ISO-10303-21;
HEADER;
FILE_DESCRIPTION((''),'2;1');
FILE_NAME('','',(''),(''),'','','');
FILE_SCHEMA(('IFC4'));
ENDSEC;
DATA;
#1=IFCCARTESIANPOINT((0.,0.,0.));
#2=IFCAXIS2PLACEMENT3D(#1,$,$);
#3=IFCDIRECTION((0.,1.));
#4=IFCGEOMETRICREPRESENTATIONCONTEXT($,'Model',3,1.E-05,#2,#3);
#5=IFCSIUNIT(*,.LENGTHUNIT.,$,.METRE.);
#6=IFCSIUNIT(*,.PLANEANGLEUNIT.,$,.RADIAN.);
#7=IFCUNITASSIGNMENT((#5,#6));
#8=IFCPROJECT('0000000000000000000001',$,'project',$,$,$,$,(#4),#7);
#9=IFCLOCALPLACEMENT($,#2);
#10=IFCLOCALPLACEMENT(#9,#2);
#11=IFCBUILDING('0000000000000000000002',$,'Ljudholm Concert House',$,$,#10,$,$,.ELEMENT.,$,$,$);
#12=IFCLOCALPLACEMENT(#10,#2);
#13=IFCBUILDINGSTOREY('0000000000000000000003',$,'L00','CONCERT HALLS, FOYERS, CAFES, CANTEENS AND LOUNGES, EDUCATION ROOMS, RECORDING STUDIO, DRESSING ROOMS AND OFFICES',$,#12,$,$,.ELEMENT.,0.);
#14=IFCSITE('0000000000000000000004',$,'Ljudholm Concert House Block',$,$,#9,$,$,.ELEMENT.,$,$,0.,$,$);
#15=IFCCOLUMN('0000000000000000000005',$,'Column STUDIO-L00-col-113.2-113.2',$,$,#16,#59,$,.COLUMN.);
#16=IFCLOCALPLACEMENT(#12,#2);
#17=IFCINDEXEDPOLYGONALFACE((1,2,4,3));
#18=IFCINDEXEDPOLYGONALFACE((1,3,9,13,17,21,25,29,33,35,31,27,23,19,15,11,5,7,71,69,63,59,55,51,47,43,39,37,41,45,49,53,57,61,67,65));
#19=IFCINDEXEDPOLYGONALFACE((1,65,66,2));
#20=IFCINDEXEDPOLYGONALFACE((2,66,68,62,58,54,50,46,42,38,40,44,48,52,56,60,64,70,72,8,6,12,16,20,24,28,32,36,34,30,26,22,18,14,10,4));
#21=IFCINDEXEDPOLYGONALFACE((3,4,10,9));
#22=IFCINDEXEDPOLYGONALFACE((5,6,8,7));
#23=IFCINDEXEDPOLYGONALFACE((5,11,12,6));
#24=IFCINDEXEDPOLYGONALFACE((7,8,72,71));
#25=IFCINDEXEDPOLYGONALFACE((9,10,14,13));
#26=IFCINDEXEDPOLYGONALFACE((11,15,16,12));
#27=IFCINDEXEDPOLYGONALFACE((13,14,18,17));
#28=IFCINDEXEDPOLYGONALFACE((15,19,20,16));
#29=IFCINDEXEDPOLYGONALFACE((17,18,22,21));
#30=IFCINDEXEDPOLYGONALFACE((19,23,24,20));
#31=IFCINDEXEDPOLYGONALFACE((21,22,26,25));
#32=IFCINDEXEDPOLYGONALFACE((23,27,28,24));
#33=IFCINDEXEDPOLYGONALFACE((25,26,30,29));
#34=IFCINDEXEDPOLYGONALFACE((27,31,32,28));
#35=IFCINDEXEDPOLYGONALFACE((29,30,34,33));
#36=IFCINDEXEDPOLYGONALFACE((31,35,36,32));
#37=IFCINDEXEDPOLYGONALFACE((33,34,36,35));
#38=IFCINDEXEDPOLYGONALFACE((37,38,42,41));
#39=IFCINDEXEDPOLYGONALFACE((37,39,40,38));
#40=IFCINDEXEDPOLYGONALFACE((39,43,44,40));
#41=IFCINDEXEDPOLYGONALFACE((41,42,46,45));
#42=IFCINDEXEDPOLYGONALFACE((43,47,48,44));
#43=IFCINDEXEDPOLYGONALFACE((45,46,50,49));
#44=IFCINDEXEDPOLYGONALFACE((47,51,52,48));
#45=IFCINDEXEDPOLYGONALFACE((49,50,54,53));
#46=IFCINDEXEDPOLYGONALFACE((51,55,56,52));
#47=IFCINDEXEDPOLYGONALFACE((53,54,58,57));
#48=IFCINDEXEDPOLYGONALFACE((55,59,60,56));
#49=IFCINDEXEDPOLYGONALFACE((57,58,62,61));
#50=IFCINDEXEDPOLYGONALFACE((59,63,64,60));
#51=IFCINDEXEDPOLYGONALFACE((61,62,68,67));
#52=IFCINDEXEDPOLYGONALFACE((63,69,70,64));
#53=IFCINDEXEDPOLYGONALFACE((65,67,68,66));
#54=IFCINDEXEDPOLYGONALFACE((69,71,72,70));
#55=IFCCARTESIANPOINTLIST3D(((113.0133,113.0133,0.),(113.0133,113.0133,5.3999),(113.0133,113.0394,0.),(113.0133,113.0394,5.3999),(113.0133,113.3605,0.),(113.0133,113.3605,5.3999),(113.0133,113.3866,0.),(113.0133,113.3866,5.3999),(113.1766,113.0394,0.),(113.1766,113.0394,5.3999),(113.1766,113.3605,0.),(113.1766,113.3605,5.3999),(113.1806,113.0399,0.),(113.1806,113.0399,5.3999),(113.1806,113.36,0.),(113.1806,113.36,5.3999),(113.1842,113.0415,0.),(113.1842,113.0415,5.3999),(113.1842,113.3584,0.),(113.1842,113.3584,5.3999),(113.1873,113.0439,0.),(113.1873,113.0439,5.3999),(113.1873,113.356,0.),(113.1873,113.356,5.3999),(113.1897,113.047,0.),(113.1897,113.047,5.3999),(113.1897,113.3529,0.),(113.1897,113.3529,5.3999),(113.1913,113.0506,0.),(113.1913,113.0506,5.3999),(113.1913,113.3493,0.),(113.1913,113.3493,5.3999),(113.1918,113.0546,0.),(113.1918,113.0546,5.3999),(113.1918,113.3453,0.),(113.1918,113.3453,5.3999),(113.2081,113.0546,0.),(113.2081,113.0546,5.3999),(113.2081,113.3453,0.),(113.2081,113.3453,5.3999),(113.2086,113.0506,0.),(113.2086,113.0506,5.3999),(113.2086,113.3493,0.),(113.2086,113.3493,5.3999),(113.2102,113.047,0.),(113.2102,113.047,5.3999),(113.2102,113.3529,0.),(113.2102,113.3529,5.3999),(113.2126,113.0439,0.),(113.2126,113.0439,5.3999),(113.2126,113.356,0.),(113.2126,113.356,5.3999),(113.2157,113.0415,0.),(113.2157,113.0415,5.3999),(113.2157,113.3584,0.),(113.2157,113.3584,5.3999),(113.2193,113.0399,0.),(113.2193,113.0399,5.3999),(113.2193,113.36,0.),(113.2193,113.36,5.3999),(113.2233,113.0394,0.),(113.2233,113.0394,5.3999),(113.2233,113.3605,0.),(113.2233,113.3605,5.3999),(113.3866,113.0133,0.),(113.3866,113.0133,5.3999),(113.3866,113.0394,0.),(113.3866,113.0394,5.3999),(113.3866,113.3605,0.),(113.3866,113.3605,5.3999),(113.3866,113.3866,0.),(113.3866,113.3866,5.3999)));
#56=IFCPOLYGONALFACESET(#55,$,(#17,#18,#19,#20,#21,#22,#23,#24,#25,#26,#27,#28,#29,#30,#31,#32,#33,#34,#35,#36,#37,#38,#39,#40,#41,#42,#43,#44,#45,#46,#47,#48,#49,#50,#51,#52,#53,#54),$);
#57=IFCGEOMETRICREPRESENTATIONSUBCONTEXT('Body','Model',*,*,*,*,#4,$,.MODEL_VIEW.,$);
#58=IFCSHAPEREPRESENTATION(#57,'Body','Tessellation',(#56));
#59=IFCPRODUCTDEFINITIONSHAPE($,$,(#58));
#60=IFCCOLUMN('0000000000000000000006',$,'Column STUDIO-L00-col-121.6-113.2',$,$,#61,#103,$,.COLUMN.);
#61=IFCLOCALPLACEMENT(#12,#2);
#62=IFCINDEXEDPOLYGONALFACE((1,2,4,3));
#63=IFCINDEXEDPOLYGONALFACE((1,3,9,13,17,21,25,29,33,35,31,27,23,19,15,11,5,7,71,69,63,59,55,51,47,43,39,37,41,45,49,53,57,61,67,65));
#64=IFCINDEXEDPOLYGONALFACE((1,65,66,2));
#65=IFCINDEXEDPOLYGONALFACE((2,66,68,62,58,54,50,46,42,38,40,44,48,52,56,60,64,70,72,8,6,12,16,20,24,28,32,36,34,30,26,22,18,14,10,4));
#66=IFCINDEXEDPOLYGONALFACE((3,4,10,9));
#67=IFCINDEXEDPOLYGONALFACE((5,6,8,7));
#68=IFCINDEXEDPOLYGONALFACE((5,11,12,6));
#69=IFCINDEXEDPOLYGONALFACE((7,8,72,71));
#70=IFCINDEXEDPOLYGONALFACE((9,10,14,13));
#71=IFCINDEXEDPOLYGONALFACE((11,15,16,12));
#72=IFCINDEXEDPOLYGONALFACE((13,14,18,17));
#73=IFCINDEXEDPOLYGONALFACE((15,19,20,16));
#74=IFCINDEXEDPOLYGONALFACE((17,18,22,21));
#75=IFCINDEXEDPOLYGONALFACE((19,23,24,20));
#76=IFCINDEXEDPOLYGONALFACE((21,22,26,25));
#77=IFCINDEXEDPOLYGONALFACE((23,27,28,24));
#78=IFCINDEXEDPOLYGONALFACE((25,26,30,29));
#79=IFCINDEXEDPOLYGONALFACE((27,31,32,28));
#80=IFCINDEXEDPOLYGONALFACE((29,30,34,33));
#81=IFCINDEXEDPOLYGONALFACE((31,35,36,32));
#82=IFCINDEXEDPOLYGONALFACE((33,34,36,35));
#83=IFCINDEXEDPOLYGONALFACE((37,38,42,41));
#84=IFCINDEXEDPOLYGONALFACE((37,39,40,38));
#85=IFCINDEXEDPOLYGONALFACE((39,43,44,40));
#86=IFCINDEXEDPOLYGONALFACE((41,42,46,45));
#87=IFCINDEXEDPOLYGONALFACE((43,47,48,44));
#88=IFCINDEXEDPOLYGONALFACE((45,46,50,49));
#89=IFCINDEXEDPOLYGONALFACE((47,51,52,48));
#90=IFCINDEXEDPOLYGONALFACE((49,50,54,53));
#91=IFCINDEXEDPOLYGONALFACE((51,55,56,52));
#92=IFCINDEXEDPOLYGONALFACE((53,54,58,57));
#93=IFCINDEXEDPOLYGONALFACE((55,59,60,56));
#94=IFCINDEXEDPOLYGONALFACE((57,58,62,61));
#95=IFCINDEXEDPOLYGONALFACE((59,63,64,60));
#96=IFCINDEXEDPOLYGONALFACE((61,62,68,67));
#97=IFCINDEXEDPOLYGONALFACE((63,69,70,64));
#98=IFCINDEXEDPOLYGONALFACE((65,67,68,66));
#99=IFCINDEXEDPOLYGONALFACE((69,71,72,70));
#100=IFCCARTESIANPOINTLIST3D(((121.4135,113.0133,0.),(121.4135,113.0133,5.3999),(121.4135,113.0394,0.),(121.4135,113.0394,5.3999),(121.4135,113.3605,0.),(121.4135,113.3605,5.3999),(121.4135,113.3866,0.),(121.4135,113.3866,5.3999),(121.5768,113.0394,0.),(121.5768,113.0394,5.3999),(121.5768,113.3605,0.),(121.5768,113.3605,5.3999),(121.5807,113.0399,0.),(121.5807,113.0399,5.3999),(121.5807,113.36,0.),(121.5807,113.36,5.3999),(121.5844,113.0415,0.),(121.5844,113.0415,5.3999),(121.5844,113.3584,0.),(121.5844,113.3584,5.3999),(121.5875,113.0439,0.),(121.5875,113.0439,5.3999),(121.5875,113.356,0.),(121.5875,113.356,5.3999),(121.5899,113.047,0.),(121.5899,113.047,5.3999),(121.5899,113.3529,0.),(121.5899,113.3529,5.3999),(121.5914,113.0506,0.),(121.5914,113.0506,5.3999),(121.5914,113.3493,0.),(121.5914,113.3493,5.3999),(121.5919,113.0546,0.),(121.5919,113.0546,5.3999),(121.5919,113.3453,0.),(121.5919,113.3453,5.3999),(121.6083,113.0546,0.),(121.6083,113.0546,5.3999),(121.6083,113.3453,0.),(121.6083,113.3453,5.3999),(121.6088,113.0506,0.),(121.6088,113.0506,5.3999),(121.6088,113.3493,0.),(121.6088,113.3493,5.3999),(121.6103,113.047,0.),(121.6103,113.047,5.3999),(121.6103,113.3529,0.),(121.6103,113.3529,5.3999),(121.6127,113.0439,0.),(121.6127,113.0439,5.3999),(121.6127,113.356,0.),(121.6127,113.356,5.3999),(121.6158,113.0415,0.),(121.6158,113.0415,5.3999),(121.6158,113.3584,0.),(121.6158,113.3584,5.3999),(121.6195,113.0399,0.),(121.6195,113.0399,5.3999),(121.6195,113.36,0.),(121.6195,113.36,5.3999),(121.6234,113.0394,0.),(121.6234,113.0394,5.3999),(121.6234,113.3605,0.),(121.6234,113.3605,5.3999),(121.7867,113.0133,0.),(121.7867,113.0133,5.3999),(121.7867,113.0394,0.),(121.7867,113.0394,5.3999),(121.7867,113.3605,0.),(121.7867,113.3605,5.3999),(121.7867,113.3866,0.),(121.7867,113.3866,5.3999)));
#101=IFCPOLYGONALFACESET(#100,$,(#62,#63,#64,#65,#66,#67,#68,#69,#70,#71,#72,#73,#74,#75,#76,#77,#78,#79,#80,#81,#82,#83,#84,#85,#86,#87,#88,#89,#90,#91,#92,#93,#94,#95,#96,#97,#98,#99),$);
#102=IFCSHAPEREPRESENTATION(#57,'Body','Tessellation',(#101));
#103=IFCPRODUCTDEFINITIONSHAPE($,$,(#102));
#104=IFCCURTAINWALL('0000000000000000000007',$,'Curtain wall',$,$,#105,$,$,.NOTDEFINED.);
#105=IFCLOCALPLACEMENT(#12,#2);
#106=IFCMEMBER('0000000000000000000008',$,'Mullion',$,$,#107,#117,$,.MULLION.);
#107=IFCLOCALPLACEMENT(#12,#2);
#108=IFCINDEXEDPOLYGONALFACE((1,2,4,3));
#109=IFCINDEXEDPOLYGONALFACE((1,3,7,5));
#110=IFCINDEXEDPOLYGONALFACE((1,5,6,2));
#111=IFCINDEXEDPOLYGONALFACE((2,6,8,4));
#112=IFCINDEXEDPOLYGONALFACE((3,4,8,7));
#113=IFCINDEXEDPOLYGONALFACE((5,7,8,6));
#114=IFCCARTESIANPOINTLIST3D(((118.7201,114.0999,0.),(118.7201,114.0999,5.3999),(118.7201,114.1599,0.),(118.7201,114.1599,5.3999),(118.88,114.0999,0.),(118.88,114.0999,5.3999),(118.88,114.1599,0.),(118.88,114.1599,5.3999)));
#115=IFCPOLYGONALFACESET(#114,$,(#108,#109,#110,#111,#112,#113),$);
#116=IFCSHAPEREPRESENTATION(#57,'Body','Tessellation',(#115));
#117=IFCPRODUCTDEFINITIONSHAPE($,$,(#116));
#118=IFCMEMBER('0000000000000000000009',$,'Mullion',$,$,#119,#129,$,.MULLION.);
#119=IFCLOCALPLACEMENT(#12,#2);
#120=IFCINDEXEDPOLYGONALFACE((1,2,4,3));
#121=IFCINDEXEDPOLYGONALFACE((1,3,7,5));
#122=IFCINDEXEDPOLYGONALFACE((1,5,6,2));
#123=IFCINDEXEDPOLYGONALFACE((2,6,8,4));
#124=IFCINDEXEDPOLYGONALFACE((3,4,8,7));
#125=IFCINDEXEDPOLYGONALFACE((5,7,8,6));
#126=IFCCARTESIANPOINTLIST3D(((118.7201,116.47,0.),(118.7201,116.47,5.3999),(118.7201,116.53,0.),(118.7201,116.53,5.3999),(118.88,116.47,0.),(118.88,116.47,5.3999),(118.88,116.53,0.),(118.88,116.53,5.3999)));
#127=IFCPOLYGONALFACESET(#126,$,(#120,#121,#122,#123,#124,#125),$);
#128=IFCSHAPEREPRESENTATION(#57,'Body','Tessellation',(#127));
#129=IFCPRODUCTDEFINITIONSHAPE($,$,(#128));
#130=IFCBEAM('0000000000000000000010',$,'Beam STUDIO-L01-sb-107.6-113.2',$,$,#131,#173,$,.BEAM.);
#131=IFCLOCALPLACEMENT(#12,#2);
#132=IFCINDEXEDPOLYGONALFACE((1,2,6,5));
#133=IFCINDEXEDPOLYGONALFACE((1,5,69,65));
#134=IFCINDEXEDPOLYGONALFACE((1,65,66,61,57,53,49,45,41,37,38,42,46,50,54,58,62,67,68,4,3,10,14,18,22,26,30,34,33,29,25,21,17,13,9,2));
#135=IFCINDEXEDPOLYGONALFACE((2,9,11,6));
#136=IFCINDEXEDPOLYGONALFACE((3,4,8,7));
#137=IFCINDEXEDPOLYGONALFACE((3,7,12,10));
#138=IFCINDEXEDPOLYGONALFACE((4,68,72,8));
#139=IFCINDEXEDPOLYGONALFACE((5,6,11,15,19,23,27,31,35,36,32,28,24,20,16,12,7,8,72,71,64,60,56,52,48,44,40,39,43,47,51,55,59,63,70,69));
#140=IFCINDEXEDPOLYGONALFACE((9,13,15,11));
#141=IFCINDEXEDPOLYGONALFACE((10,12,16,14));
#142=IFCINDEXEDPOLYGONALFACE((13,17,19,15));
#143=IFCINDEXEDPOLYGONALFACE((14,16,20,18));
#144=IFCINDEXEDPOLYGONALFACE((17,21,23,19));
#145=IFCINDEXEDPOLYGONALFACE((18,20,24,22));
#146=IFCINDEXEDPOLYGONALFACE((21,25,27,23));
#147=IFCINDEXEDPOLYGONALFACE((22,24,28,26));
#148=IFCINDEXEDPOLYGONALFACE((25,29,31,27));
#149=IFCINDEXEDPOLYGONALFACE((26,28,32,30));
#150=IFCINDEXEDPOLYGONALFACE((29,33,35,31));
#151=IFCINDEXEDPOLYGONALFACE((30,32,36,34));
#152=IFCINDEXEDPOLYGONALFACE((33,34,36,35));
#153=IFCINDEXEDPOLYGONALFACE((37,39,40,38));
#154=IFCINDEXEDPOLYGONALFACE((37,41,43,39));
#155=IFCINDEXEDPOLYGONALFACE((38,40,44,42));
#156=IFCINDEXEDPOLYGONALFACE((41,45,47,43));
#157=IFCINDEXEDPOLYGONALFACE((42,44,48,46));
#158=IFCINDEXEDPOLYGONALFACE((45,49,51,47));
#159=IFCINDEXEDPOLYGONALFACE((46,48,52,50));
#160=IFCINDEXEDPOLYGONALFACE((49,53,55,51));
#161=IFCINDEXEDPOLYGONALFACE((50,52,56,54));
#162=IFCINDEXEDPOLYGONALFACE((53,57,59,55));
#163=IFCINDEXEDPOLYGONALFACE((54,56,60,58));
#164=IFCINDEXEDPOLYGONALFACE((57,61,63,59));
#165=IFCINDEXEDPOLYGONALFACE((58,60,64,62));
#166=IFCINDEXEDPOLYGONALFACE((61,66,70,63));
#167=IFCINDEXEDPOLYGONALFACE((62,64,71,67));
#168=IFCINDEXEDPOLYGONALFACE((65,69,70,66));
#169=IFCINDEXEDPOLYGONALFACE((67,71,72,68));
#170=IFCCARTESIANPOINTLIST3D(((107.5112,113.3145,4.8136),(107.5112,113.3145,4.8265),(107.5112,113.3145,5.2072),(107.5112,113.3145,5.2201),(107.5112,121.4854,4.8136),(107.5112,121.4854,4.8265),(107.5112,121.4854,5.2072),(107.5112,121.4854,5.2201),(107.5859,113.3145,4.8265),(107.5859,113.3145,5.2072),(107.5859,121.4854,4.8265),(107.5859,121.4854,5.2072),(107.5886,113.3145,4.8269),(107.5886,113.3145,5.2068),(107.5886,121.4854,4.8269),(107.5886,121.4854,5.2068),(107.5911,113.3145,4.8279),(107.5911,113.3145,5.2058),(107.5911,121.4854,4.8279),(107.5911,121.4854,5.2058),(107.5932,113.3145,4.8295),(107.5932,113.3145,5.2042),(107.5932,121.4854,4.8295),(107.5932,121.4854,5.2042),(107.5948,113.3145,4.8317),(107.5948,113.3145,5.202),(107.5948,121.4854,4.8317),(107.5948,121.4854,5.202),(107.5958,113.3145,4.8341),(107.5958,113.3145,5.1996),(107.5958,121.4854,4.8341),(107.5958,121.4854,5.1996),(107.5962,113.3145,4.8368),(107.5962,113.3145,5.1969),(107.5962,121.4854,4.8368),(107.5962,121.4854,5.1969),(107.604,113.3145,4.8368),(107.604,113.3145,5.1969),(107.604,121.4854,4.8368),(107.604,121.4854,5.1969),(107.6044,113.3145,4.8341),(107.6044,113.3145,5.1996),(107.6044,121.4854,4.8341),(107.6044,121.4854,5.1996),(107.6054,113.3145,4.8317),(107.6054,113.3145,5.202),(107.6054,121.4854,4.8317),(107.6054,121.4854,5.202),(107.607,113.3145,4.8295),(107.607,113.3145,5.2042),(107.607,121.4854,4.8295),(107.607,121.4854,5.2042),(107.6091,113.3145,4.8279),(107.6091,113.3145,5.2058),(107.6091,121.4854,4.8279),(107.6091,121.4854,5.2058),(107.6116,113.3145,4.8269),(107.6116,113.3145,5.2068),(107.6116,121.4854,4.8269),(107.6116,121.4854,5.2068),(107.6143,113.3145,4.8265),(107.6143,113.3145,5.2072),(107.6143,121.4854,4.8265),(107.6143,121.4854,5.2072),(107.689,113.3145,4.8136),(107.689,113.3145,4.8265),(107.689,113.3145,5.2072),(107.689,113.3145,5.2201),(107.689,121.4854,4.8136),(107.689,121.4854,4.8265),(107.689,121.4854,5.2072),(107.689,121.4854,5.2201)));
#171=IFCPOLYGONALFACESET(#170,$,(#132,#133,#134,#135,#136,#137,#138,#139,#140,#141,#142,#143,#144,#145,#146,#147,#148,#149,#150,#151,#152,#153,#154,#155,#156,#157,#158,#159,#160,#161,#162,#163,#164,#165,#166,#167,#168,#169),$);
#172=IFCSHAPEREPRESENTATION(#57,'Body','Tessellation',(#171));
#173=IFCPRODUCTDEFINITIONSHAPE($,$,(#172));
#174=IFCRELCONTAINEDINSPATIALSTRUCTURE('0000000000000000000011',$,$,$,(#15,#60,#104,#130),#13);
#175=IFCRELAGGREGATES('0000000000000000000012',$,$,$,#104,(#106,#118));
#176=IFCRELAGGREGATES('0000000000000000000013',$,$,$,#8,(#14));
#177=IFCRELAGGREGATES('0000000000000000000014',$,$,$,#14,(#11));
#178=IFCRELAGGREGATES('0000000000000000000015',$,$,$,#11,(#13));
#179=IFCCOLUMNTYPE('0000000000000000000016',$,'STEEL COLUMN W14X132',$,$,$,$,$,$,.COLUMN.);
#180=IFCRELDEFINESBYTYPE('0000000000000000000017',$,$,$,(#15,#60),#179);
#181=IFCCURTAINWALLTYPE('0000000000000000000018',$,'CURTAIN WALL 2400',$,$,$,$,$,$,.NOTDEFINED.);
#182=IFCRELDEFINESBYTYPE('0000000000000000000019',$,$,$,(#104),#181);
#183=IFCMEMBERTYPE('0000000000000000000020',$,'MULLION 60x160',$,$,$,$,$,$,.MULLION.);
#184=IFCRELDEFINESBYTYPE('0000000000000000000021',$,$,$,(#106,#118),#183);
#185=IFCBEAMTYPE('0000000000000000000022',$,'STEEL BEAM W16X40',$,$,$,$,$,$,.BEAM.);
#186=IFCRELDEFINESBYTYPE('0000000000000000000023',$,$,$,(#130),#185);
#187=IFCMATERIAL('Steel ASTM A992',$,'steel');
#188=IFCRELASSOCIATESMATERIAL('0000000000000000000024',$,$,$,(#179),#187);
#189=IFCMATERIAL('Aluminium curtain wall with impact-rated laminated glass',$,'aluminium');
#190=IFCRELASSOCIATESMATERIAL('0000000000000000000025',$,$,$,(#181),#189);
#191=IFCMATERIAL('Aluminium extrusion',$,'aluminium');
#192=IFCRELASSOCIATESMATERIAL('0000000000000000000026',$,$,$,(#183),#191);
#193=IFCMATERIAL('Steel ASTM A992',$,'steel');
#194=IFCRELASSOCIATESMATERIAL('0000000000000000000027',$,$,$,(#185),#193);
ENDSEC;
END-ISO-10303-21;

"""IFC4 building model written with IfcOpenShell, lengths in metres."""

from ifc_helpers import new_model, si_unit, direction, frame, origin, origin_2d, place, context, subcontext, project, spatial, rectangle, i_section, extrude, material, material_profile, profile_set, type_object, element, aggregate, save


model = new_model("IFC4")

# Units and contexts
model_context = context("Model", 3, precision=1e-05, world=origin(), true_north=direction((0.0, 1.0)))
body_context = subcontext(model_context, "Body", "Model", "MODEL_VIEW")
ifc_project = project(units=[si_unit("LENGTHUNIT", "METRE"), si_unit("PLANEANGLEUNIT", "RADIAN")], contexts=[model_context])

# Site, building, storey
site_placement = place(None, origin())
site = spatial("IfcSite", under=ifc_project, at=site_placement, Name="Ljudholm Concert House Block", CompositionType="ELEMENT", RefElevation=0.0)
building_placement = place(site_placement, origin())
building = spatial("IfcBuilding", under=site, at=building_placement, Name="Ljudholm Concert House", CompositionType="ELEMENT")
storey_placement = place(building_placement, origin())
storey = spatial("IfcBuildingStorey", under=building, at=storey_placement, Name="L00", Description="CONCERT HALLS, FOYERS, CAFES, CANTEENS AND LOUNGES, EDUCATION ROOMS, RECORDING STUDIO, DRESSING ROOMS AND OFFICES", CompositionType="ELEMENT", Elevation=0.0)

# Columns
ifc_material_1 = material(Name="Steel ASTM A992", Category="steel")
ifc_material_profile_1 = material_profile(ifc_material_1, i_section(OverallWidth=0.3733, OverallDepth=0.3733, WebThickness=0.0164, FlangeThickness=0.0261, FilletRadius=0.0151, at=origin_2d()), Name="W14X132")
ifc_profile_set_1 = profile_set([ifc_material_profile_1], Name="Steel ASTM A992")
column_type = type_object("IfcColumnType", Name="STEEL COLUMN W14X132", PredefinedType="COLUMN", material=ifc_profile_set_1)
for number, where, z_axis, x_axis, name in (
    (1, (113.2, 113.2, 0.0), (0.0, 0.0, 1.0), (1.0, 0.0, 0.0), "Column STUDIO-L00-col-113.2-113.2"),
    (2, (121.6001, 113.2, 0.0), (0.0, 0.0, 1.0), (1.0, 0.0, 0.0), "Column STUDIO-L00-col-121.6-113.2"),
):
    element("IfcColumn", number, at=place(storey_placement, frame(where, z_axis=z_axis, x_axis=x_axis)), inside=storey, type_object=column_type, Name=name, PredefinedType="COLUMN", context=body_context, shape_type="SweptSolid", body=[
        extrude(i_section(OverallWidth=0.3733, OverallDepth=0.3733, WebThickness=0.0164, FlangeThickness=0.0261, FilletRadius=0.0151, at=origin_2d()), origin(), (0.0, 0.0, 1.0), 5.3999),
    ])

# Curtain wall, members
ifc_material_2 = material(Name="Aluminium curtain wall with impact-rated laminated glass", Category="aluminium")
curtain_wall_type = type_object("IfcCurtainWallType", Name="CURTAIN WALL 2400", PredefinedType="NOTDEFINED", material=ifc_material_2)
curtain_wall_placement = place(storey_placement, origin())
curtain_wall = element("IfcCurtainWall", 3, at=curtain_wall_placement, inside=storey, type_object=curtain_wall_type, Name="Curtain wall", PredefinedType="NOTDEFINED")
ifc_material_3 = material(Name="Aluminium extrusion", Category="aluminium")
ifc_material_profile_2 = material_profile(ifc_material_3, rectangle(XDim=0.1599, YDim=0.0601, at=origin_2d()), Name="MULLION 60x160")
ifc_profile_set_2 = profile_set([ifc_material_profile_2], Name="Aluminium extrusion")
member_type_1 = type_object("IfcMemberType", Name="MULLION 60x160", PredefinedType="MULLION", material=ifc_profile_set_2)
member_1_placement = place(storey_placement, frame((118.8, 114.1299, 0.0), z_axis=(0.0, 0.0, 1.0), x_axis=(-1.0, 0.0, 0.0)))
member_1 = element("IfcMember", 4, at=member_1_placement, type_object=member_type_1, Name="Mullion", PredefinedType="MULLION", context=body_context, shape_type="SweptSolid", body=[
    extrude(rectangle(XDim=0.1599, YDim=0.0601, at=origin_2d()), origin(), (0.0, 0.0, 1.0), 5.3999),
])
member_2_placement = place(storey_placement, frame((118.8, 116.5, 0.0), z_axis=(0.0, 0.0, 1.0), x_axis=(-1.0, 0.0, 0.0)))
member_2 = element("IfcMember", 5, at=member_2_placement, type_object=member_type_1, Name="Mullion", PredefinedType="MULLION", context=body_context, shape_type="SweptSolid", body=[
    extrude(rectangle(XDim=0.1599, YDim=0.0601, at=origin_2d()), origin(), (0.0, 0.0, 1.0), 5.3999),
])

# Beam
ifc_material_4 = material(Name="Steel ASTM A992", Category="steel")
ifc_material_profile_3 = material_profile(ifc_material_4, i_section(OverallWidth=0.1777, OverallDepth=0.4065, WebThickness=0.0078, FlangeThickness=0.0129, FilletRadius=0.0103, at=origin_2d()), Name="W16X40")
ifc_profile_set_3 = profile_set([ifc_material_profile_3], Name="Steel ASTM A992")
beam_type_1 = type_object("IfcBeamType", Name="STEEL BEAM W16X40", PredefinedType="BEAM", material=ifc_profile_set_3)
for number, where, z_axis, x_axis, name in (
    (6, (107.6001, 113.3145, 5.0168), (0.0, 1.0, 0.0), (-1.0, 0.0, 0.0), "Beam STUDIO-L01-sb-107.6-113.2"),
):
    element("IfcBeam", number, at=place(storey_placement, frame(where, z_axis=z_axis, x_axis=x_axis)), inside=storey, type_object=beam_type_1, Name=name, PredefinedType="BEAM", context=body_context, shape_type="SweptSolid", body=[
        extrude(i_section(OverallWidth=0.1777, OverallDepth=0.4065, WebThickness=0.0078, FlangeThickness=0.0129, FilletRadius=0.0103, at=origin_2d()), origin(), (0.0, 0.0, 1.0), 8.1709),
    ])

aggregate(curtain_wall, [member_1, member_2])

save(model, "model.ifc")
